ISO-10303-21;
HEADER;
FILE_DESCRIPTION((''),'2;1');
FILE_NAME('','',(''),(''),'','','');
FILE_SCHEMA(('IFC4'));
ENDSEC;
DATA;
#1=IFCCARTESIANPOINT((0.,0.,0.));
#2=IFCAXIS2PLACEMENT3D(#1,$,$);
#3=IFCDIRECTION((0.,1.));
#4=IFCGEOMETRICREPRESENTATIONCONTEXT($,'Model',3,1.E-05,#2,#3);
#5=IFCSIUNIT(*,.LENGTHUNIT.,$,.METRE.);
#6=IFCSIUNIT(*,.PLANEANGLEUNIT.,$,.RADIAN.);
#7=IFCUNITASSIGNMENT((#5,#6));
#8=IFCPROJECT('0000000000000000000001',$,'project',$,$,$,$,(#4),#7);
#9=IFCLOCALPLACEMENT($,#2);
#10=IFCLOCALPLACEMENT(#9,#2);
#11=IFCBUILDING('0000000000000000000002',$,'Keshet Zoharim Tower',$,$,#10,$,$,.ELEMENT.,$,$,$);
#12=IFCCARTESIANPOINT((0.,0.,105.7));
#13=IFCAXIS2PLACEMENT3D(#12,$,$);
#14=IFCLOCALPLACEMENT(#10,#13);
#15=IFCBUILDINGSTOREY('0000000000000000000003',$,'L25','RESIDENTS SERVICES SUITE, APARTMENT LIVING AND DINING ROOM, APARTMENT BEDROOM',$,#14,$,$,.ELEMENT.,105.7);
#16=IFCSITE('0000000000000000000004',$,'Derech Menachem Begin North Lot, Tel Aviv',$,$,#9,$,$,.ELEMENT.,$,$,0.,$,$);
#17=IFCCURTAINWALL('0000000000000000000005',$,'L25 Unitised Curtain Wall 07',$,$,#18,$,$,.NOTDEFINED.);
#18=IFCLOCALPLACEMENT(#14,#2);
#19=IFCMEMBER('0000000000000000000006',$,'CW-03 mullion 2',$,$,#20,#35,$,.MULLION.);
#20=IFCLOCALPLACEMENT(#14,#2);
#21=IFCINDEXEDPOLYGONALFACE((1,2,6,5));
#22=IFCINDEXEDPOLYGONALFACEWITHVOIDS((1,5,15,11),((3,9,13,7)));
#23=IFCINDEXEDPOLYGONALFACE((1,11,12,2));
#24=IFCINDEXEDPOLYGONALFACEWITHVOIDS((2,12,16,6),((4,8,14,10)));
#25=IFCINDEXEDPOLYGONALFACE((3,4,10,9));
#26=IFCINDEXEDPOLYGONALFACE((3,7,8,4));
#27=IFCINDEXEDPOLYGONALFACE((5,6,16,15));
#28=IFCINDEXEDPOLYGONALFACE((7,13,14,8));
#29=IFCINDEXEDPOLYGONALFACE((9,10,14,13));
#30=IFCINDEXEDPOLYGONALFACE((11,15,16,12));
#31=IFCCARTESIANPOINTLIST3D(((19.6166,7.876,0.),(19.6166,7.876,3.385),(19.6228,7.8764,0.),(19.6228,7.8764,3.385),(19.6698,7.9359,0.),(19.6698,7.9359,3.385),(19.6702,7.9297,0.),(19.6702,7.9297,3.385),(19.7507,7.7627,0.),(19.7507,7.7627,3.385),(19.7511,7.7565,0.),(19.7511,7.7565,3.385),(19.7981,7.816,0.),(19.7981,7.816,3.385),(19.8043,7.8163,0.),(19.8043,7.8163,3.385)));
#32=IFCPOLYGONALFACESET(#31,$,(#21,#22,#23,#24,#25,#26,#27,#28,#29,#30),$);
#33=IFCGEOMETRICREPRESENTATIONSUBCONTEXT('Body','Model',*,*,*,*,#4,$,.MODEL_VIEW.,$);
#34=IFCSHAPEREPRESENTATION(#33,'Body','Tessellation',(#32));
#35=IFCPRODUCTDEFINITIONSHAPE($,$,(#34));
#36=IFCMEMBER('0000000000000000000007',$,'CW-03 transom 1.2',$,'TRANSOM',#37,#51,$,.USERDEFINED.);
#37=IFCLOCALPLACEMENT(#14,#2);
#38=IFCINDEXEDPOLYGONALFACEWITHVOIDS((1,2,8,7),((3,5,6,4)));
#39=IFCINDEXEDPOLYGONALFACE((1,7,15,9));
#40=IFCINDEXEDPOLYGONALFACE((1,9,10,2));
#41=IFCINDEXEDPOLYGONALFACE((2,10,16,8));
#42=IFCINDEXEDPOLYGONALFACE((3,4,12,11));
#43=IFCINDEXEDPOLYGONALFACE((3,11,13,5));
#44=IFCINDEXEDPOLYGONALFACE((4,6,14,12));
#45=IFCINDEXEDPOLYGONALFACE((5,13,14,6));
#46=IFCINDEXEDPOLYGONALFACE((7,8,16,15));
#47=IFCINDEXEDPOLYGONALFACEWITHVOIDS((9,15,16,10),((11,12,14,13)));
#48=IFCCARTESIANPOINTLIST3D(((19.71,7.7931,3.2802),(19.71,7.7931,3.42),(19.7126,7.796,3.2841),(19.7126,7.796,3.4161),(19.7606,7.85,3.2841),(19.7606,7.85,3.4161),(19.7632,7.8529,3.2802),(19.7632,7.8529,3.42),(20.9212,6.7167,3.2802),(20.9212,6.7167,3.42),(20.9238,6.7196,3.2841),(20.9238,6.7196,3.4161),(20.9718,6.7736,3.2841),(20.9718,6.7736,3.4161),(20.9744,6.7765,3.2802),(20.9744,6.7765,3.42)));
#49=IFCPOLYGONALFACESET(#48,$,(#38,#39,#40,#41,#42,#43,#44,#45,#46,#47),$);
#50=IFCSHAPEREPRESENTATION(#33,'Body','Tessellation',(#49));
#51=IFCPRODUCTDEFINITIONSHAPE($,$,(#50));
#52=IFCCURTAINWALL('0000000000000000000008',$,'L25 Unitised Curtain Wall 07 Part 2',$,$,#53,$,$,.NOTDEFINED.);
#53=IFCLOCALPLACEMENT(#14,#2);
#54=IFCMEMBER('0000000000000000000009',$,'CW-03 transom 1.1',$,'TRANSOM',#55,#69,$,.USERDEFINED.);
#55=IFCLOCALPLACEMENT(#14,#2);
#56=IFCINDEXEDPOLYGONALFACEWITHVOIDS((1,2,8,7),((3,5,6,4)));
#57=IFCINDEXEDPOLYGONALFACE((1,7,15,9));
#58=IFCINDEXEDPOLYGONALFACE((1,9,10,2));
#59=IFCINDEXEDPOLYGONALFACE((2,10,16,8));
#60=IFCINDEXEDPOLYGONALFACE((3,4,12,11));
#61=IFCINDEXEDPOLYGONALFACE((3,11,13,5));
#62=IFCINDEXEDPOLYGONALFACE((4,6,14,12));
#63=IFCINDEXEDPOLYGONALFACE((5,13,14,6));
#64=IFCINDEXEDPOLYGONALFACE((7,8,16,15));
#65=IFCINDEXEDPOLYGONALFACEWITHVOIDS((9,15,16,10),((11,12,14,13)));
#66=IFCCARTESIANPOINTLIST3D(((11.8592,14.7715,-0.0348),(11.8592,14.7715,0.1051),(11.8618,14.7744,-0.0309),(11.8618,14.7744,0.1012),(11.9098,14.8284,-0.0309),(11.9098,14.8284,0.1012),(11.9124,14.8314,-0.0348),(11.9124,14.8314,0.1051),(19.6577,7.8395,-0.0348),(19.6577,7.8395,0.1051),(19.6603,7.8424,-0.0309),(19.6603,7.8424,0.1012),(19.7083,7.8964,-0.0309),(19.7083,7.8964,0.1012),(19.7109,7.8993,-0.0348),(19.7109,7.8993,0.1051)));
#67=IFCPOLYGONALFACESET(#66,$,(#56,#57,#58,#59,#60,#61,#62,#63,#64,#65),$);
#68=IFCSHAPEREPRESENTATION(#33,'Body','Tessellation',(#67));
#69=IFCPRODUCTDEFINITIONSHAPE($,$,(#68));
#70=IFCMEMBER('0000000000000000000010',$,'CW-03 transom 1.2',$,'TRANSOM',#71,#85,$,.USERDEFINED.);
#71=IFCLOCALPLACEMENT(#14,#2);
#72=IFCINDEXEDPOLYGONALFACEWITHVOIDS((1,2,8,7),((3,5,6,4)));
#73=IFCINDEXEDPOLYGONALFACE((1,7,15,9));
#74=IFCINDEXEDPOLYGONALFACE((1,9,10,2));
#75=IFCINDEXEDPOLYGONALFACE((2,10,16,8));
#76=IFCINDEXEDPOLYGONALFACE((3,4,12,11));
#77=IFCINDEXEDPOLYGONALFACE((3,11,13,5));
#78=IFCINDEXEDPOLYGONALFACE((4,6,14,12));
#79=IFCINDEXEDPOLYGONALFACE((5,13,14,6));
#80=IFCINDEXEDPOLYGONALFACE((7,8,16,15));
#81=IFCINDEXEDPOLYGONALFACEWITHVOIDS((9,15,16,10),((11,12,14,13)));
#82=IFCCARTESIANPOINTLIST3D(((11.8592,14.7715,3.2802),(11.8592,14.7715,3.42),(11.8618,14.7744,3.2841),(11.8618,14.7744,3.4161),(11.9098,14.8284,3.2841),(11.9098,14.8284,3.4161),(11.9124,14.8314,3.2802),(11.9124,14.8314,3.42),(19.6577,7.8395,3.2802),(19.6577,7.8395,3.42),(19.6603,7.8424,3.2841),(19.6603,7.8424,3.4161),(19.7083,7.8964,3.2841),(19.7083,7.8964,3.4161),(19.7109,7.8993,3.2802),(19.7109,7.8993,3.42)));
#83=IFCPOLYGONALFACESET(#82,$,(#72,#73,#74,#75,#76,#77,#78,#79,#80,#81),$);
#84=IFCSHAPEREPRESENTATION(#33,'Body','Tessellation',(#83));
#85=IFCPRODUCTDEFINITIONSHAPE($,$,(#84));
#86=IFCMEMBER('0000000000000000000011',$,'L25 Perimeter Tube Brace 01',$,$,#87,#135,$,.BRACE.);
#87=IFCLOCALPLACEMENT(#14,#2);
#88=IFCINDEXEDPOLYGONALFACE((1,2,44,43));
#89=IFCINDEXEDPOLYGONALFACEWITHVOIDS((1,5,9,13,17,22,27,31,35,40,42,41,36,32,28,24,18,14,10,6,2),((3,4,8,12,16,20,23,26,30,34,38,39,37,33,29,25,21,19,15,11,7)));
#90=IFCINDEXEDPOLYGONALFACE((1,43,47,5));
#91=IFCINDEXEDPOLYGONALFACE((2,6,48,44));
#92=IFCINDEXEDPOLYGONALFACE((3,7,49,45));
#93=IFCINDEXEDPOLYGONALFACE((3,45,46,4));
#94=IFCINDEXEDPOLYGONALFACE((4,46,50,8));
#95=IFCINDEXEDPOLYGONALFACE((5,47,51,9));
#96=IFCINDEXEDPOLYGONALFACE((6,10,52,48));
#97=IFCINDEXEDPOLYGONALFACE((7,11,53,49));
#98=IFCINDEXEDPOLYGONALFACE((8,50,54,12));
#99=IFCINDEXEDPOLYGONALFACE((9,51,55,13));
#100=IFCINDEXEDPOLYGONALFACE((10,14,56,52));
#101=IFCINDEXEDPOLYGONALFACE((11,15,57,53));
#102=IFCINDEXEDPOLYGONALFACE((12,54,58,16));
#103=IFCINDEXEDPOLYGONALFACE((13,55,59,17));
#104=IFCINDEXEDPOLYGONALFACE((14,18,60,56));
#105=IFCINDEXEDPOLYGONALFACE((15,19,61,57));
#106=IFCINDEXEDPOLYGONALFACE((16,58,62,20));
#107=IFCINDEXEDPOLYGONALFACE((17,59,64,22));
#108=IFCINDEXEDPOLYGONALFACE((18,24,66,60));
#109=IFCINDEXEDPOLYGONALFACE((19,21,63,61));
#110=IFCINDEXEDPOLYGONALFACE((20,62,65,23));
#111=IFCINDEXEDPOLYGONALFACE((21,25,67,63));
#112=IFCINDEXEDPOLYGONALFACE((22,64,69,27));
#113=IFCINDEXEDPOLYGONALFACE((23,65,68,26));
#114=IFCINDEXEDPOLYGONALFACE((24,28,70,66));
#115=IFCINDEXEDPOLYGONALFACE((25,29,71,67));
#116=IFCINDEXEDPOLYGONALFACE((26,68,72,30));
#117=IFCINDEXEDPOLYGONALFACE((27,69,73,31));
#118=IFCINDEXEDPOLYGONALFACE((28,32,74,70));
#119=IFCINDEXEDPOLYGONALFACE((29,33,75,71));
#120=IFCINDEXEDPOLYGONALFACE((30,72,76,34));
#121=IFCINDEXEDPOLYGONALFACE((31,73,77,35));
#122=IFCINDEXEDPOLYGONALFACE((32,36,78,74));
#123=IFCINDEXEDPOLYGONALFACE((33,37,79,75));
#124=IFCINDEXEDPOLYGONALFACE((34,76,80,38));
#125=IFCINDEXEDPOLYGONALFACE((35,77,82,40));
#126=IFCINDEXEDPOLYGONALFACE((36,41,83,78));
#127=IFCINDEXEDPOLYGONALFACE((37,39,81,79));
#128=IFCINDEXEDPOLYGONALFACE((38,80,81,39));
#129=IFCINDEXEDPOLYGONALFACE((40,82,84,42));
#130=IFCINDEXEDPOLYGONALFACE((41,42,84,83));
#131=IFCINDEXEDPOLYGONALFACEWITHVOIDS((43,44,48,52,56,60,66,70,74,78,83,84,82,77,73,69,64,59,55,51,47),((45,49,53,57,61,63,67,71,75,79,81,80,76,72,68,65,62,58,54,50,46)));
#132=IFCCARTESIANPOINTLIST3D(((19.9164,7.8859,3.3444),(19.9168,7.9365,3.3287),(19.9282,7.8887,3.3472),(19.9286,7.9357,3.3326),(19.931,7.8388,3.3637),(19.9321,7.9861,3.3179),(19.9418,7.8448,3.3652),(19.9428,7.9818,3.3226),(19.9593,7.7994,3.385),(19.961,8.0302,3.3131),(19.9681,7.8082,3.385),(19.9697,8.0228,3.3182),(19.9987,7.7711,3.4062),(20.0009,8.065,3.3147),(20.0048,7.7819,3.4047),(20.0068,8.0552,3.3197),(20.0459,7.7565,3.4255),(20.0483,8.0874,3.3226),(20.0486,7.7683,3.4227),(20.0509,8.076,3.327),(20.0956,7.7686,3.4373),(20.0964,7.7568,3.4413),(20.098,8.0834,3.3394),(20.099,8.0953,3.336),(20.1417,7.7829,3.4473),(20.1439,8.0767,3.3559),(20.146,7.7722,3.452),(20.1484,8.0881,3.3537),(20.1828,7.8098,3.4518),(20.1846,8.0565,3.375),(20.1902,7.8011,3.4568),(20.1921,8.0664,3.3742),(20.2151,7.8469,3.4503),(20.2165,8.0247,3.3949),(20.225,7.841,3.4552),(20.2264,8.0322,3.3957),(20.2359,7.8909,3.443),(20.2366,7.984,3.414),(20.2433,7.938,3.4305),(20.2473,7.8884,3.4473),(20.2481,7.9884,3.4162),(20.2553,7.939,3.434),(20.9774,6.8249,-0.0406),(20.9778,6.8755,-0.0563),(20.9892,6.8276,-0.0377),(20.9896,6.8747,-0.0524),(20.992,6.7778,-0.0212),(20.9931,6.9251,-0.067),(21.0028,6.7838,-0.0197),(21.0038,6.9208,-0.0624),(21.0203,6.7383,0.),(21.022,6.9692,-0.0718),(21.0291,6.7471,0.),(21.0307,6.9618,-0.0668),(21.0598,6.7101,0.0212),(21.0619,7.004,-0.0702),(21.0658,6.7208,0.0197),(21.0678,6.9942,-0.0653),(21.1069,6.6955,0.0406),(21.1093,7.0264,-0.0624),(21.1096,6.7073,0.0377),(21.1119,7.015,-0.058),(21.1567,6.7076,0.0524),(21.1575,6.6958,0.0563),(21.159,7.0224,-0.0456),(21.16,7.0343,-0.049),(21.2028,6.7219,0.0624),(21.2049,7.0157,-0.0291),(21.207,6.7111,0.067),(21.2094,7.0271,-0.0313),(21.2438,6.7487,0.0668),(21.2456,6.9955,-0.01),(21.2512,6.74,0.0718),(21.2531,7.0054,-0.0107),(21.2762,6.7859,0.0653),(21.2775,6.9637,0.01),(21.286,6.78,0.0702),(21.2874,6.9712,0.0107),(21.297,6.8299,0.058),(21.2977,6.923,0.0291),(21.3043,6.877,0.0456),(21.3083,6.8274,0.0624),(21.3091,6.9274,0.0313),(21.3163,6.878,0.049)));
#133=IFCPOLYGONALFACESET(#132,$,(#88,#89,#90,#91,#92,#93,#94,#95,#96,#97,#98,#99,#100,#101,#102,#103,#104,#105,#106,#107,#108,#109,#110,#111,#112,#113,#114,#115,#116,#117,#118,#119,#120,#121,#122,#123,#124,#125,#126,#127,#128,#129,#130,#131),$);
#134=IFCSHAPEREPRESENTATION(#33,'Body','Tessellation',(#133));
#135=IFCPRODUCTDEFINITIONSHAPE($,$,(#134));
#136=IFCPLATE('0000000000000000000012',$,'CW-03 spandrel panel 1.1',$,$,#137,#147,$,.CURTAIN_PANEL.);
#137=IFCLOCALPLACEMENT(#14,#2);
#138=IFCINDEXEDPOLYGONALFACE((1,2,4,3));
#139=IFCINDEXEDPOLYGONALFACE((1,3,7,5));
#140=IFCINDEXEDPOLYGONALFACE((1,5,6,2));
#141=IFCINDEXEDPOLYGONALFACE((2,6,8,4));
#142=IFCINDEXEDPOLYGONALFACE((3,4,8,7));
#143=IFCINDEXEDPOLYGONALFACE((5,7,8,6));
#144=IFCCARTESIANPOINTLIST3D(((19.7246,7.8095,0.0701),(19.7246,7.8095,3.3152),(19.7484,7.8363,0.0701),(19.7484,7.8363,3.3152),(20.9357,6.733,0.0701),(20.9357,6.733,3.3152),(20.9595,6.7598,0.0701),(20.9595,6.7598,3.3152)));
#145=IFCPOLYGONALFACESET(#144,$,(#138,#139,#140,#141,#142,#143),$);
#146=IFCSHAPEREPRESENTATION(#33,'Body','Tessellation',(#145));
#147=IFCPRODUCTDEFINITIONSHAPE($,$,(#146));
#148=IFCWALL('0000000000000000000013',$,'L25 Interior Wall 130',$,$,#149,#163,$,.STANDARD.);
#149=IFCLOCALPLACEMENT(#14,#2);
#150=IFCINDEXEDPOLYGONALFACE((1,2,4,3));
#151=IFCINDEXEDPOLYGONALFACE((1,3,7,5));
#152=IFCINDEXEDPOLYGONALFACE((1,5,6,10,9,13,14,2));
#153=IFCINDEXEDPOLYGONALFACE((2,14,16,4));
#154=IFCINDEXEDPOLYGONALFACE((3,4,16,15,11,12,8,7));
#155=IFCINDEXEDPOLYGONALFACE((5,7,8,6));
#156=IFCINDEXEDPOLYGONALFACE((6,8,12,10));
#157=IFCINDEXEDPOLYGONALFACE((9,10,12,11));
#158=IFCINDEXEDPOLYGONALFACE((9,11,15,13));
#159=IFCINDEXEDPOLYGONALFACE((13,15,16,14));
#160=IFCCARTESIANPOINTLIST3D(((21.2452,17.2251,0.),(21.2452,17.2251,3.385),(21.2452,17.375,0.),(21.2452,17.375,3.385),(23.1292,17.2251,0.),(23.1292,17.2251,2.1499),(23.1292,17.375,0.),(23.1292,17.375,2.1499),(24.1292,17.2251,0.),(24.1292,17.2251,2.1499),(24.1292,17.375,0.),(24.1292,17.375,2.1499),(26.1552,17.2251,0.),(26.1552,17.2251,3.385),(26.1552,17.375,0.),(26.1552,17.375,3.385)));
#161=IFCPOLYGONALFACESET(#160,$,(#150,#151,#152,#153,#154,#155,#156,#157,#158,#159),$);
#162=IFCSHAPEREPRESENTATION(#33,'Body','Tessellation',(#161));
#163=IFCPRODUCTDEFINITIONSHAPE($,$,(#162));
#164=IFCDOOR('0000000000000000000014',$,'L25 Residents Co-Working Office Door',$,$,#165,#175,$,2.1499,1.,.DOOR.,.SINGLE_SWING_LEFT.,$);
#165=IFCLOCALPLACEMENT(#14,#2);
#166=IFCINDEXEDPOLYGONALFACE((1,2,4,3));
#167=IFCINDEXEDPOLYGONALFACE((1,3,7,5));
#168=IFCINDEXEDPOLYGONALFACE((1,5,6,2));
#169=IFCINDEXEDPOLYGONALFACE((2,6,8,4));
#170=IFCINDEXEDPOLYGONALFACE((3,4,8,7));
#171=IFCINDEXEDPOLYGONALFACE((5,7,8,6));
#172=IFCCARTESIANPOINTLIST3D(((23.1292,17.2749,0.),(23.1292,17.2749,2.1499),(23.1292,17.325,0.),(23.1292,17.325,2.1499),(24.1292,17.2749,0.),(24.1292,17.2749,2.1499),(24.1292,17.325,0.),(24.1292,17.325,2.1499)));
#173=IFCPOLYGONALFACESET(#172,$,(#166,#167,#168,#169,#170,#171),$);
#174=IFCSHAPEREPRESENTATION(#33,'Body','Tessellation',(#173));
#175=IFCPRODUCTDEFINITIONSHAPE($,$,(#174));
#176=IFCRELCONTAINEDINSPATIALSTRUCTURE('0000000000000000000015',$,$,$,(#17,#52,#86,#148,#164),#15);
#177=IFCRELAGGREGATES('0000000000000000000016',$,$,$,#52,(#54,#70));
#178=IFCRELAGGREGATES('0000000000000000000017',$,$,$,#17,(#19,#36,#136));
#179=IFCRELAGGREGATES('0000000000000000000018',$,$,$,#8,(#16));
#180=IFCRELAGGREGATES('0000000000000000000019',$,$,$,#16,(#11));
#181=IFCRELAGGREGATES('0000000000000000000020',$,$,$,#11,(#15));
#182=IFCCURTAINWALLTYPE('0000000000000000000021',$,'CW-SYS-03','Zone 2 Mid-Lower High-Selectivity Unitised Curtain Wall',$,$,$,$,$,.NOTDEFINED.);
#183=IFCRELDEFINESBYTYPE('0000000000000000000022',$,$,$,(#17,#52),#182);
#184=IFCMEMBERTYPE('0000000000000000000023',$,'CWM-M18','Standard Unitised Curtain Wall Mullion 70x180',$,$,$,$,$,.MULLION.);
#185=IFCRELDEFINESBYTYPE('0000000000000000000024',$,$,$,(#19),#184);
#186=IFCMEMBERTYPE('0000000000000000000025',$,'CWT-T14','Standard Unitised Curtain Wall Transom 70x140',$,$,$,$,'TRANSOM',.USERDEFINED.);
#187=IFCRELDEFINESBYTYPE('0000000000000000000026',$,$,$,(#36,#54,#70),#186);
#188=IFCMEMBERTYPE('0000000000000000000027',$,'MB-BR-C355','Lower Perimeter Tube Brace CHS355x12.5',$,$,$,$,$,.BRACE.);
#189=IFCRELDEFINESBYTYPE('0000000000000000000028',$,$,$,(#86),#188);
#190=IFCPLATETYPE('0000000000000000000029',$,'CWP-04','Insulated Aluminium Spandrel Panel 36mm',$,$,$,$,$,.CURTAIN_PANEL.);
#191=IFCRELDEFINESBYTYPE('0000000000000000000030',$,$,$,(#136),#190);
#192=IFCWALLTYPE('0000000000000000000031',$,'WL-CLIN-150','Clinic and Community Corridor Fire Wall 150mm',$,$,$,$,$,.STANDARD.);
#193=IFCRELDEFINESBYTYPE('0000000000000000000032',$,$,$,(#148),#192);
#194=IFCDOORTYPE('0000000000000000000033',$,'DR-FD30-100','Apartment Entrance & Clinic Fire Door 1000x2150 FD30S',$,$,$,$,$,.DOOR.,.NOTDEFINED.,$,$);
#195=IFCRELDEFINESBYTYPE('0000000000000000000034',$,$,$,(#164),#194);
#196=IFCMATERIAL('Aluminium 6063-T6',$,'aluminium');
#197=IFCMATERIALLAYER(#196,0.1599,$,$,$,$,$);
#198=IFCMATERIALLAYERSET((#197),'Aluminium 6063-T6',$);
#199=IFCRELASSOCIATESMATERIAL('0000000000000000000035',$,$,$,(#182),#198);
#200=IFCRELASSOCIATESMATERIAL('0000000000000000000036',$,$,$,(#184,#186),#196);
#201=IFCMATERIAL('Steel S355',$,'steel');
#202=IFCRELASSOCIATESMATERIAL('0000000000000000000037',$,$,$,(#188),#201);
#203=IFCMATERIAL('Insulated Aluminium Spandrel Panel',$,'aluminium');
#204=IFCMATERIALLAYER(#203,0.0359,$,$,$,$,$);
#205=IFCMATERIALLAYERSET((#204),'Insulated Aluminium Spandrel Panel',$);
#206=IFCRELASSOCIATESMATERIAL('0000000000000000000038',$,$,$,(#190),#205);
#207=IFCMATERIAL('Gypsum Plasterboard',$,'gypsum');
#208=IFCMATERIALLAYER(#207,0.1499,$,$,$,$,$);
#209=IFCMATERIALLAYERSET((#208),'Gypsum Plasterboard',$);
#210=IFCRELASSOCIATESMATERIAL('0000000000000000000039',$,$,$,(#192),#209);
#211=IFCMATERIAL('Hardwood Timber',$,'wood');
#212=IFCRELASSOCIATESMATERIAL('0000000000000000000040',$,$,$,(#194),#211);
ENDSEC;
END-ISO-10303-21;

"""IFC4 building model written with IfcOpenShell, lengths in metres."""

from ifc_helpers import new_model, si_unit, direction, frame, frame_2d, origin, origin_2d, place, context, subcontext, project, spatial, rectangle, hollow_rectangle, hollow_circle, extrude, material, layer, layer_set, material_profile, profile_set, type_object, element, fill, aggregate, save


model = new_model("IFC4")

# Units and contexts
model_context = context("Model", 3, precision=1e-05, world=origin(), true_north=direction((0.0, 1.0)))
body_context = subcontext(model_context, "Body", "Model", "MODEL_VIEW")
ifc_project = project(units=[si_unit("LENGTHUNIT", "METRE"), si_unit("PLANEANGLEUNIT", "RADIAN")], contexts=[model_context])

# Site, building, storey
site_placement = place(None, origin())
site = spatial("IfcSite", under=ifc_project, at=site_placement, Name="Derech Menachem Begin North Lot, Tel Aviv", CompositionType="ELEMENT", RefElevation=0.0)
building_placement = place(site_placement, origin())
building = spatial("IfcBuilding", under=site, at=building_placement, Name="Keshet Zoharim Tower", CompositionType="ELEMENT")
storey_placement = place(building_placement, frame((0.0, 0.0, 105.7)))
storey = spatial("IfcBuildingStorey", under=building, at=storey_placement, Name="L25", Description="RESIDENTS SERVICES SUITE, APARTMENT LIVING AND DINING ROOM, APARTMENT BEDROOM", CompositionType="ELEMENT", Elevation=105.7)

# Curtain walls, members
ifc_material_1 = material(Name="Aluminium 6063-T6", Category="aluminium")
ifc_layer_1 = layer(ifc_material_1, 0.1599)
ifc_layer_set_1 = layer_set([ifc_layer_1], Name="Aluminium 6063-T6")
curtain_wall_type = type_object("IfcCurtainWallType", Name="CW-SYS-03", Description="Zone 2 Mid-Lower High-Selectivity Unitised Curtain Wall", PredefinedType="NOTDEFINED", material=ifc_layer_set_1)
curtain_wall_1_placement = place(storey_placement, origin())
curtain_wall_1 = element("IfcCurtainWall", 1, at=curtain_wall_1_placement, inside=storey, type_object=curtain_wall_type, Name="L25 Unitised Curtain Wall 07", PredefinedType="NOTDEFINED")
ifc_material_profile_1 = material_profile(ifc_material_1, hollow_rectangle(XDim=0.0801, YDim=0.1799, WallThickness=0.0044, at=origin_2d()), Name="MUL-80x180")
ifc_profile_set_1 = profile_set([ifc_material_profile_1], Name="Aluminium 6063-T6")
member_type_1 = type_object("IfcMemberType", Name="CWM-M18", Description="Standard Unitised Curtain Wall Mullion 70x180", PredefinedType="MULLION", material=ifc_profile_set_1)
member_1_placement = place(storey_placement, frame((19.7104, 7.8462, 0.0), z_axis=(0.0, 0.0, 1.0), x_axis=(-0.66436, -0.747412, 0.0)))
member_1 = element("IfcMember", 2, at=member_1_placement, type_object=member_type_1, Name="CW-03 mullion 2", PredefinedType="MULLION", context=body_context, shape_type="SweptSolid", body=[
    extrude(hollow_rectangle(XDim=0.0801, YDim=0.1799, WallThickness=0.0044, at=origin_2d()), origin(), (0.0, 0.0, 1.0), 3.385),
])
ifc_material_profile_2 = material_profile(ifc_material_1, hollow_rectangle(XDim=0.0801, YDim=0.1399, WallThickness=0.0039, at=origin_2d()), Name="TRN-80x140")
ifc_profile_set_2 = profile_set([ifc_material_profile_2], Name="Aluminium 6063-T6")
member_type_2 = type_object("IfcMemberType", Name="CWT-T14", Description="Standard Unitised Curtain Wall Transom 70x140", ElementType="TRANSOM", PredefinedType="USERDEFINED", material=ifc_profile_set_2)
member_2_placement = place(storey_placement, frame((20.9478, 6.7466, 3.3501), z_axis=(-0.747468, 0.664298, 0.0), x_axis=(-0.664298, -0.747468, 0.0)))
member_2 = element("IfcMember", 3, at=member_2_placement, type_object=member_type_2, Name="CW-03 transom 1.2", ObjectType="TRANSOM", PredefinedType="USERDEFINED", context=body_context, shape_type="SweptSolid", body=[
    extrude(hollow_rectangle(XDim=0.0801, YDim=0.1399, WallThickness=0.0039, at=origin_2d()), origin(), (0.0, 0.0, 1.0), 1.6204),
])
curtain_wall_2_placement = place(storey_placement, origin())
curtain_wall_2 = element("IfcCurtainWall", 4, at=curtain_wall_2_placement, inside=storey, type_object=curtain_wall_type, Name="L25 Unitised Curtain Wall 07 Part 2", PredefinedType="NOTDEFINED")
member_3_placement = place(storey_placement, frame((19.6843, 7.8694, 0.0352), z_axis=(-0.747407, 0.664367, 0.0), x_axis=(-0.664367, -0.747407, 0.0)))
member_3 = element("IfcMember", 5, at=member_3_placement, type_object=member_type_2, Name="CW-03 transom 1.1", ObjectType="TRANSOM", PredefinedType="USERDEFINED", context=body_context, shape_type="SweptSolid", body=[
    extrude(hollow_rectangle(XDim=0.0801, YDim=0.1399, WallThickness=0.0039, at=origin_2d()), origin(), (0.0, 0.0, 1.0), 10.4341),
])
member_4_placement = place(storey_placement, frame((19.6843, 7.8694, 3.3501), z_axis=(-0.747407, 0.664367, 0.0), x_axis=(-0.664367, -0.747407, 0.0)))
member_4 = element("IfcMember", 6, at=member_4_placement, type_object=member_type_2, Name="CW-03 transom 1.2", ObjectType="TRANSOM", PredefinedType="USERDEFINED", context=body_context, shape_type="SweptSolid", body=[
    extrude(hollow_rectangle(XDim=0.0801, YDim=0.1399, WallThickness=0.0039, at=origin_2d()), origin(), (0.0, 0.0, 1.0), 10.4341),
])
aggregate(curtain_wall_2, [member_3, member_4])

# Member
ifc_material_2 = material(Name="Steel S355", Category="steel")
ifc_material_profile_3 = material_profile(ifc_material_2, hollow_circle(Radius=0.1777, WallThickness=0.0125, at=origin_2d()), Name="CHS355x12.5")
ifc_profile_set_3 = profile_set([ifc_material_profile_3], Name="Steel S355")
member_type_3 = type_object("IfcMemberType", Name="MB-BR-C355", Description="Lower Perimeter Tube Brace CHS355x12.5", PredefinedType="BRACE", material=ifc_profile_set_3)
member_5_placement = place(storey_placement, frame((21.146, 6.864, 0.0), z_axis=(-0.286558, 0.286558, 0.914204), x_axis=(-0.707107, -0.707107, 0.0)))
element("IfcMember", 7, at=member_5_placement, inside=storey, type_object=member_type_3, Name="L25 Perimeter Tube Brace 01", PredefinedType="BRACE", context=body_context, shape_type="SweptSolid", body=[
    extrude(hollow_circle(Radius=0.1777, WallThickness=0.0125, at=origin_2d()), origin(), (0.0, 0.0, 1.0), 3.7026),
])

# Plate
ifc_material_3 = material(Name="Insulated Aluminium Spandrel Panel", Category="aluminium")
ifc_layer_2 = layer(ifc_material_3, 0.0359)
ifc_layer_set_2 = layer_set([ifc_layer_2], Name="Insulated Aluminium Spandrel Panel")
plate_type = type_object("IfcPlateType", Name="CWP-04", Description="Insulated Aluminium Spandrel Panel 36mm", PredefinedType="CURTAIN_PANEL", material=ifc_layer_set_2)
plate_placement = place(storey_placement, frame((20.342, 7.2847, 0.0701), z_axis=(0.0, 0.0, 1.0), x_axis=(-0.747412, 0.66436, 0.0)))
plate = element("IfcPlate", 8, at=plate_placement, type_object=plate_type, Name="CW-03 spandrel panel 1.1", PredefinedType="CURTAIN_PANEL", context=body_context, shape_type="SweptSolid", body=[
    extrude(rectangle(XDim=1.6204, YDim=0.0359, at=origin_2d()), origin(), (0.0, 0.0, 1.0), 3.2451),
])
aggregate(curtain_wall_1, [member_1, member_2, plate])

# Wall, opening, door
ifc_material_4 = material(Name="Gypsum Plasterboard", Category="gypsum")
ifc_layer_3 = layer(ifc_material_4, 0.1499)
ifc_layer_set_3 = layer_set([ifc_layer_3], Name="Gypsum Plasterboard")
wall_type_1 = type_object("IfcWallType", Name="WL-CLIN-150", Description="Clinic and Community Corridor Fire Wall 150mm", PredefinedType="STANDARD", material=ifc_layer_set_3)
wall_1_placement = place(storey_placement, frame((21.2451, 17.3, 0.0), z_axis=(0.0, 0.0, 1.0), x_axis=(1.0, 0.0, 0.0)))
wall_1 = element("IfcWall", 9, at=wall_1_placement, inside=storey, type_object=wall_type_1, Name="L25 Interior Wall 130", PredefinedType="STANDARD", context=body_context, shape_type="SweptSolid", body=[
    extrude(rectangle(XDim=4.9099, YDim=0.1499, at=frame_2d((2.4551, 0.0))), origin(), (0.0, 0.0, 1.0), 3.385),
])
opening_1_placement = place(wall_1_placement, frame((1.884, 0.0, 0.0)))
opening_1 = element("IfcOpeningElement", 10, at=opening_1_placement, cuts=wall_1, PredefinedType="OPENING", context=body_context, shape_type="SweptSolid", body=[
    extrude(rectangle(XDim=1.0, YDim=2.1499, at=frame_2d((0.5, 1.075))), frame((0.0, 0.085, 0.0), z_axis=(0.0, -1.0, 0.0), x_axis=(1.0, 0.0, 0.0)), (0.0, 0.0, 1.0), 0.1699),
])
ifc_material_5 = material(Name="Hardwood Timber", Category="wood")
door_type_1 = type_object("IfcDoorType", Name="DR-FD30-100", Description="Apartment Entrance & Clinic Fire Door 1000x2150 FD30S", OperationType="NOTDEFINED", PredefinedType="DOOR", material=ifc_material_5)
door_1_placement = place(opening_1_placement, origin())
door_1 = element("IfcDoor", 11, at=door_1_placement, inside=storey, type_object=door_type_1, Name="L25 Residents Co-Working Office Door", OperationType="SINGLE_SWING_LEFT", OverallHeight=2.1499, OverallWidth=1.0, PredefinedType="DOOR", context=body_context, shape_type="SweptSolid", body=[
    extrude(rectangle(XDim=1.0, YDim=2.1499, at=frame_2d((0.5, 1.075))), frame((0.0, 0.0249, 0.0), z_axis=(0.0, -1.0, 0.0), x_axis=(1.0, 0.0, 0.0)), (0.0, 0.0, 1.0), 0.05),
])
fill(opening_1, door_1)

save(model, "model.ifc")
